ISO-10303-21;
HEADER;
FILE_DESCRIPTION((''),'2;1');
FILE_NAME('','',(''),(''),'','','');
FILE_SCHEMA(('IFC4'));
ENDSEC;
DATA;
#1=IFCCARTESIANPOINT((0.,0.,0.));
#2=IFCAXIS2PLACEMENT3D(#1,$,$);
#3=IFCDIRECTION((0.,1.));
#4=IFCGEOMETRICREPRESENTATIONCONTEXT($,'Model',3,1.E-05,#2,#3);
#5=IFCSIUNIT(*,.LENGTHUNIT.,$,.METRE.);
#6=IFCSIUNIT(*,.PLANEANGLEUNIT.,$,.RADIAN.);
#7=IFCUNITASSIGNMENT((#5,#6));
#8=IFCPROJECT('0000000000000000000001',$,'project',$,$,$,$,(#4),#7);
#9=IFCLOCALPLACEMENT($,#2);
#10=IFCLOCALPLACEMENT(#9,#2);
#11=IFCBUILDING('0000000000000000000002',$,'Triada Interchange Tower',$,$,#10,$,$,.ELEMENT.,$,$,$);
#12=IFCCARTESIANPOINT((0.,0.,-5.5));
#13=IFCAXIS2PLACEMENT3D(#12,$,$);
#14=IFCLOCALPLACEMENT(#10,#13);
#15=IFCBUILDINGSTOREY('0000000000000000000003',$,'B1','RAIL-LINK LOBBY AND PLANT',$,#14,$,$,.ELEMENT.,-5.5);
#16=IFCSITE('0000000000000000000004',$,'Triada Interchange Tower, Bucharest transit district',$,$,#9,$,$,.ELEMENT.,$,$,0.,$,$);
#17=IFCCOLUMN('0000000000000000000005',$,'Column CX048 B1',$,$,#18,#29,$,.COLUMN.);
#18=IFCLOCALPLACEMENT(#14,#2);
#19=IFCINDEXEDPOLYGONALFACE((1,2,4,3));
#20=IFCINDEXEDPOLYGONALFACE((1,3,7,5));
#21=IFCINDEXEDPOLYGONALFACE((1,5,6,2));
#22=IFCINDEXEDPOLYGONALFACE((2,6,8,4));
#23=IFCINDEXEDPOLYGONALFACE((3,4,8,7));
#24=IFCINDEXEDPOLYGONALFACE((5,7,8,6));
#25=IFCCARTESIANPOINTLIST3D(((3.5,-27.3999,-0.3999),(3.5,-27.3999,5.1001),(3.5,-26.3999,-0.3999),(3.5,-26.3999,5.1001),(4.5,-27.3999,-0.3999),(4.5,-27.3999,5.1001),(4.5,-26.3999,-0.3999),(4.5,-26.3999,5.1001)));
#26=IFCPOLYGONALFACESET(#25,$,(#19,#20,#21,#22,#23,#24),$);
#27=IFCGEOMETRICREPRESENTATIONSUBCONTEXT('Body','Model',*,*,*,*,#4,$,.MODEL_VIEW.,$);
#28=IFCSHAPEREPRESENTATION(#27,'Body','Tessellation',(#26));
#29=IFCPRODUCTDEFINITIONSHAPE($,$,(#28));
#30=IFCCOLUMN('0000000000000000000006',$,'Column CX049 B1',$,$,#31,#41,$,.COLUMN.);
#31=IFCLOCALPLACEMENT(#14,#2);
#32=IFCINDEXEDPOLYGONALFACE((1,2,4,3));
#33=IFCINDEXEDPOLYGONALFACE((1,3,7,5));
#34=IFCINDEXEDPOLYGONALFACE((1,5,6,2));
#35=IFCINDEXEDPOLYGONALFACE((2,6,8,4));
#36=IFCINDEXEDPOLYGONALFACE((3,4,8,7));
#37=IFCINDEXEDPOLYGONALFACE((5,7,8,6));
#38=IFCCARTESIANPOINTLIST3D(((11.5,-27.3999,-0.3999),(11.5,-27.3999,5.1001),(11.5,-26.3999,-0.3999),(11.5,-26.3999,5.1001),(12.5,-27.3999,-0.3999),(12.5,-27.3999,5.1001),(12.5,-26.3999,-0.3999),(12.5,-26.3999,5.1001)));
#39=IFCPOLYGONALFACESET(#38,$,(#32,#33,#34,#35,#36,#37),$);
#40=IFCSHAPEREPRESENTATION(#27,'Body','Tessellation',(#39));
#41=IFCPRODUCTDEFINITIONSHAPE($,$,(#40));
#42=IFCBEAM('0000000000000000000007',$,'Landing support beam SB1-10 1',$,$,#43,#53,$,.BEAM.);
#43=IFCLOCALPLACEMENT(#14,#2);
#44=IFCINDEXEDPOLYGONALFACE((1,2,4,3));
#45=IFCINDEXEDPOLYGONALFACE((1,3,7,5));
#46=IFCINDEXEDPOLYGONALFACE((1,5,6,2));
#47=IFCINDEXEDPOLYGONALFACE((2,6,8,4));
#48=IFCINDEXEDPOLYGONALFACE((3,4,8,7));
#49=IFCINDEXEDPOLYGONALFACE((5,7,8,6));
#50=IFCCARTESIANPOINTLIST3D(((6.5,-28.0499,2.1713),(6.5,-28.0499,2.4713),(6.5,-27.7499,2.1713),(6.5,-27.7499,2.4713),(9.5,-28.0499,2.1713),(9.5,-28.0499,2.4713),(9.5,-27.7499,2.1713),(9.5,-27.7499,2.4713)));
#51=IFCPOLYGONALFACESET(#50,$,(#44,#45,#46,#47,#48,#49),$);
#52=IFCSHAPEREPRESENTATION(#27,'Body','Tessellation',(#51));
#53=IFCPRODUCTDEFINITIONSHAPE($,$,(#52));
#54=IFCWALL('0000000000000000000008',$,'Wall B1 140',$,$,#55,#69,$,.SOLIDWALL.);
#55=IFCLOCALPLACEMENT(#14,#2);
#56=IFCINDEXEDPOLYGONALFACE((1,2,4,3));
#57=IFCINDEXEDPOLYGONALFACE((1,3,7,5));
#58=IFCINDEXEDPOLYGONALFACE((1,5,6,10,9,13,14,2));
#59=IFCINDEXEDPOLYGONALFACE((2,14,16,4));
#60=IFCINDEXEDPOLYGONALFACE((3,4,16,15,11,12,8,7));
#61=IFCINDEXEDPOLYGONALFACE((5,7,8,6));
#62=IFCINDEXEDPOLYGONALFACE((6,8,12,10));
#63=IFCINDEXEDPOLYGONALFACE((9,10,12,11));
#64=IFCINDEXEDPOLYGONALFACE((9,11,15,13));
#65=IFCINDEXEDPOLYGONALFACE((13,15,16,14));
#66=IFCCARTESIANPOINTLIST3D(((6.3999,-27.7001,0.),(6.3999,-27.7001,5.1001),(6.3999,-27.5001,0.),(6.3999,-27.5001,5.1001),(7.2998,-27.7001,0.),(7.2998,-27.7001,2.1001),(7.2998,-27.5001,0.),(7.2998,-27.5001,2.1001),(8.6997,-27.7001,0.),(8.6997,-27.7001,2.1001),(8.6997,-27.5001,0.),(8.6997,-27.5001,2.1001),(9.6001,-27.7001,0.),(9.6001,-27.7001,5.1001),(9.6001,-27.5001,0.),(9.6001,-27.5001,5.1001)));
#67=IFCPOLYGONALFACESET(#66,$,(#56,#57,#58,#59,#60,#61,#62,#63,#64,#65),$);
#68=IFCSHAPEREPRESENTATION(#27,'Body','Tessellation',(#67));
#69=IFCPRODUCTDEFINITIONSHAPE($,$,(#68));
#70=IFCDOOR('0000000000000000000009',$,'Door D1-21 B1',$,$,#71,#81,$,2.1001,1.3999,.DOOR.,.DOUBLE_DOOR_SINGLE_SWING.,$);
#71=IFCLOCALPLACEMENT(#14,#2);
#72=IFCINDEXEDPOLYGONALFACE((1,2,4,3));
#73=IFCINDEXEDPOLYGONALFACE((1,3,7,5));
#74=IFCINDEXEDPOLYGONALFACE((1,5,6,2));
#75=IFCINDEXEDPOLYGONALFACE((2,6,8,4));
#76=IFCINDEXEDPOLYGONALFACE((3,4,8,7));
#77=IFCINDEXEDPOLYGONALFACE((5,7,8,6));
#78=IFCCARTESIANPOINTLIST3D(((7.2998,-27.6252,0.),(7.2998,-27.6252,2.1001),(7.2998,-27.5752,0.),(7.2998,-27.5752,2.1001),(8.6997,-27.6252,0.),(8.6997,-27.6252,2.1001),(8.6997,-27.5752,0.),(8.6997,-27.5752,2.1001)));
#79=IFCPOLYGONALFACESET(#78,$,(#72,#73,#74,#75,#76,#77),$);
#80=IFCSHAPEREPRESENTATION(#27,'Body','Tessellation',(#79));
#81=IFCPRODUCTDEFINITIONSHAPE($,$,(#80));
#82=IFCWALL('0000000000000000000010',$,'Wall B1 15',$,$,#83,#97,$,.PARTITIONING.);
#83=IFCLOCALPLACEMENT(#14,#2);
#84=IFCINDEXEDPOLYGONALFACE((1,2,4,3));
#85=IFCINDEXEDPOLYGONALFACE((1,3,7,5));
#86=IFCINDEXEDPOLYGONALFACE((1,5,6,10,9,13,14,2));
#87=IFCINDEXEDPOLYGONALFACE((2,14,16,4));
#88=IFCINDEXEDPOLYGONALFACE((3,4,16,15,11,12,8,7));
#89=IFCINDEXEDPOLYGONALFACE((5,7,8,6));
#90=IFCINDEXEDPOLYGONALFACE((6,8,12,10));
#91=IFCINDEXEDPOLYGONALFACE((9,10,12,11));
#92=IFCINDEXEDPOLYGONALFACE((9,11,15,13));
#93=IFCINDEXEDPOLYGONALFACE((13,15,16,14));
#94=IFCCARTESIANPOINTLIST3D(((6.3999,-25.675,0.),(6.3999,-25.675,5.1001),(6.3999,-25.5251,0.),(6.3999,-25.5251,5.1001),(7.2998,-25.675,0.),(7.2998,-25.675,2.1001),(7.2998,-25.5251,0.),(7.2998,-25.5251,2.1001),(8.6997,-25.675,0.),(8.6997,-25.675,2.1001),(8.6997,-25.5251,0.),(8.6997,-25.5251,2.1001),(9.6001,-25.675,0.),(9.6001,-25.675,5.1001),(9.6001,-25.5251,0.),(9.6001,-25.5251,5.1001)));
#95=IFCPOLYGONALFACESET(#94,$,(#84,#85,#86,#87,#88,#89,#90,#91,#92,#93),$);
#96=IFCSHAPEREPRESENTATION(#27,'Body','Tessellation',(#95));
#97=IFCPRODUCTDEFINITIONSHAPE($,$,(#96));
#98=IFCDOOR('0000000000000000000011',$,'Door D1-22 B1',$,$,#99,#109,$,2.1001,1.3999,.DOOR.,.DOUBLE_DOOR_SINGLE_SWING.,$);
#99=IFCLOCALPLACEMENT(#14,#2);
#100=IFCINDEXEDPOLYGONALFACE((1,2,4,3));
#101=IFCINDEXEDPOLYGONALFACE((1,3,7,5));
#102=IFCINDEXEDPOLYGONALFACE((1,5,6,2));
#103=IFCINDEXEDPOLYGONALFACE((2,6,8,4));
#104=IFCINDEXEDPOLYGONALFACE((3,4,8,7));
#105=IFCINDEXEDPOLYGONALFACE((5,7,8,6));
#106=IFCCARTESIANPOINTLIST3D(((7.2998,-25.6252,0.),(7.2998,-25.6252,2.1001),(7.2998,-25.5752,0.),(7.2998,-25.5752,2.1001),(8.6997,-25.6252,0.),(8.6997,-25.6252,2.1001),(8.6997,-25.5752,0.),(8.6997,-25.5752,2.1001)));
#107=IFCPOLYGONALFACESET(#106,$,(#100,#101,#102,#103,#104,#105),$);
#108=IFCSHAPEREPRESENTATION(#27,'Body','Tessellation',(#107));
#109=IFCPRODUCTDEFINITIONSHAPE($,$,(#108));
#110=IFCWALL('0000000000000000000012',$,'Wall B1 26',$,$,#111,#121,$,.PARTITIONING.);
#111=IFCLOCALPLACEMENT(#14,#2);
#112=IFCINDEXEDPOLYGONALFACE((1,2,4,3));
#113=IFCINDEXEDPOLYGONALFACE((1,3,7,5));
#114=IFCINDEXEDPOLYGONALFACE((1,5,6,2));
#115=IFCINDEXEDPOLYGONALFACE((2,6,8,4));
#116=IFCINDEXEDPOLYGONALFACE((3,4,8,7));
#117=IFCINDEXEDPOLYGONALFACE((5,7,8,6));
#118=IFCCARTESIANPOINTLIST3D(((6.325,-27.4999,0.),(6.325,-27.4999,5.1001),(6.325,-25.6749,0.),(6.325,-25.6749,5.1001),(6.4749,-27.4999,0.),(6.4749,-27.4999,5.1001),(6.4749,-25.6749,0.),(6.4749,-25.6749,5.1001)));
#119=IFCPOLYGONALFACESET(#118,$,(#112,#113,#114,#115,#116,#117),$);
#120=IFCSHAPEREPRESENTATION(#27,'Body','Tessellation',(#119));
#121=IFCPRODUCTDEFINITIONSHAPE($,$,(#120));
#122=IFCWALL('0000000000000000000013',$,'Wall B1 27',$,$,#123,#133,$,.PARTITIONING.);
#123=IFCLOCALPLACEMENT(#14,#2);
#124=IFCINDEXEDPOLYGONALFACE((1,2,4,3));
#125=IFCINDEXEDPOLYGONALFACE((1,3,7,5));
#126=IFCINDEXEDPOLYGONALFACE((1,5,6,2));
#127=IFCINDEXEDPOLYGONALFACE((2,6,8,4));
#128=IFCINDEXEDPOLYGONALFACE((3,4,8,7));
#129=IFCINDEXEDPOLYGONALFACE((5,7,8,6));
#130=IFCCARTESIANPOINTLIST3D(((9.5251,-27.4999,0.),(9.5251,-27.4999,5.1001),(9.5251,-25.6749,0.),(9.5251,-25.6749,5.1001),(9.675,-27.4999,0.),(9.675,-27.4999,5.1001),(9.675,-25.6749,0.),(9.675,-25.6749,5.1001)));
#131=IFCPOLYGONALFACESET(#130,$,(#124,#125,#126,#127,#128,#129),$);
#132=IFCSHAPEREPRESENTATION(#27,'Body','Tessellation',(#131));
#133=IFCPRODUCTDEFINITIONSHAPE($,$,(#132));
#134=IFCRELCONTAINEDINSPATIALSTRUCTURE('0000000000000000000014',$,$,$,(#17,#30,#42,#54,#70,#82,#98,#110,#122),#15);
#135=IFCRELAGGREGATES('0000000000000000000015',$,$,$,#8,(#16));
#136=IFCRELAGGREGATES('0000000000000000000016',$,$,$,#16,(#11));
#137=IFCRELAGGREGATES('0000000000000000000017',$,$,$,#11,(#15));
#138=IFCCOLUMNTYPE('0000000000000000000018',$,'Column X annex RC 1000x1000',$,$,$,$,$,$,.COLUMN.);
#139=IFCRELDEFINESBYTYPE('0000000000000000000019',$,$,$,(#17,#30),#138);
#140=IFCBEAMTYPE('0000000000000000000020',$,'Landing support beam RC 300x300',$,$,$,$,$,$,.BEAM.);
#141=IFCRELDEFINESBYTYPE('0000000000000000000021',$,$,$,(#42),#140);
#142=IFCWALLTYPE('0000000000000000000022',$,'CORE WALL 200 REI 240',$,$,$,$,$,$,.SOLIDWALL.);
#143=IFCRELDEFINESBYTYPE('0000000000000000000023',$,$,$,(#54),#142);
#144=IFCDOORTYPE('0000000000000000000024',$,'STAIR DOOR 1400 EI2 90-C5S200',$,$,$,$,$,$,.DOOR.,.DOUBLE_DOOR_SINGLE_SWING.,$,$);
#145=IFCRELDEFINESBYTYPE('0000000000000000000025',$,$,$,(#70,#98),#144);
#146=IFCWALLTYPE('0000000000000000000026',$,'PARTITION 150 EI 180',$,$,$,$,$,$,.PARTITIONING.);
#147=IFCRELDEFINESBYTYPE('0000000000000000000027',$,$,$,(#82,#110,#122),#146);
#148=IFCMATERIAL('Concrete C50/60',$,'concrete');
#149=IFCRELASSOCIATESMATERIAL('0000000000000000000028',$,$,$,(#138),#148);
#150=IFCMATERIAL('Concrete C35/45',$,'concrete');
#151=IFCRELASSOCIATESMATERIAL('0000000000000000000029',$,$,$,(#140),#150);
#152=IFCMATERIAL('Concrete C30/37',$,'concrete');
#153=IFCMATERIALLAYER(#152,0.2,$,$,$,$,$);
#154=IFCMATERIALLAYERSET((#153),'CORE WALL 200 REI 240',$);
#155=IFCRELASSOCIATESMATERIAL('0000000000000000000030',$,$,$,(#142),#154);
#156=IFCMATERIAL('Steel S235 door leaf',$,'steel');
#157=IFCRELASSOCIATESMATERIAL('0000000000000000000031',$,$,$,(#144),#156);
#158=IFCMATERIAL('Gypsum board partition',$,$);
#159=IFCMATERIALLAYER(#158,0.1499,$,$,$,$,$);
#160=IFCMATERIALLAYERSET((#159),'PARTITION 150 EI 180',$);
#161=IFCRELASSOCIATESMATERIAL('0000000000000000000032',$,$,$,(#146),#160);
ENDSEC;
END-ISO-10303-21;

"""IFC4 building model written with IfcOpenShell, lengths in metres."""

from ifc_helpers import new_model, si_unit, direction, frame, frame_2d, origin, origin_2d, place, context, subcontext, project, spatial, rectangle, extrude, material, layer, layer_set, material_profile, profile_set, type_object, element, fill, save


model = new_model("IFC4")

# Units and contexts
model_context = context("Model", 3, precision=1e-05, world=origin(), true_north=direction((0.0, 1.0)))
body_context = subcontext(model_context, "Body", "Model", "MODEL_VIEW")
ifc_project = project(units=[si_unit("LENGTHUNIT", "METRE"), si_unit("PLANEANGLEUNIT", "RADIAN")], contexts=[model_context])

# Site, building, storey
site_placement = place(None, origin())
site = spatial("IfcSite", under=ifc_project, at=site_placement, Name="Triada Interchange Tower, Bucharest transit district", CompositionType="ELEMENT", RefElevation=0.0)
building_placement = place(site_placement, origin())
building = spatial("IfcBuilding", under=site, at=building_placement, Name="Triada Interchange Tower", CompositionType="ELEMENT")
storey_placement = place(building_placement, frame((0.0, 0.0, -5.5)))
storey = spatial("IfcBuildingStorey", under=building, at=storey_placement, Name="B1", Description="RAIL-LINK LOBBY AND PLANT", CompositionType="ELEMENT", Elevation=-5.5)

# Shared definitions
ifc_material_1 = material(Name="Concrete C30/37", Category="concrete")

# Shared definitions
ifc_material_2 = material(Name="Concrete C35/45", Category="concrete")

# Columns
ifc_material_3 = material(Name="Concrete C50/60", Category="concrete")
ifc_material_profile_1 = material_profile(ifc_material_3, rectangle(XDim=1.0, YDim=1.0, at=origin_2d()), Name="RC 1000x1000")
ifc_profile_set_1 = profile_set([ifc_material_profile_1], Name="Concrete C50/60")
column_type = type_object("IfcColumnType", Name="Column X annex RC 1000x1000", PredefinedType="COLUMN", material=ifc_profile_set_1)
for number, where, z_axis, x_axis, name in (
    (1, (4.0, -26.8999, -0.3999), (0.0, 0.0, 1.0), (1.0, 0.0, 0.0), "Column CX048 B1"),
    (2, (12.0, -26.8999, -0.3999), (0.0, 0.0, 1.0), (1.0, 0.0, 0.0), "Column CX049 B1"),
):
    element("IfcColumn", number, at=place(storey_placement, frame(where, z_axis=z_axis, x_axis=x_axis)), inside=storey, type_object=column_type, Name=name, PredefinedType="COLUMN", context=body_context, shape_type="SweptSolid", body=[
        extrude(rectangle(XDim=1.0, YDim=1.0, at=origin_2d()), origin(), (0.0, 0.0, 1.0), 5.5),
    ])

# Beam
ifc_material_profile_2 = material_profile(ifc_material_2, rectangle(XDim=0.3, YDim=0.3, at=origin_2d()), Name="RC 300x300")
ifc_profile_set_2 = profile_set([ifc_material_profile_2], Name="Concrete C35/45")
beam_type = type_object("IfcBeamType", Name="Landing support beam RC 300x300", PredefinedType="BEAM", material=ifc_profile_set_2)
beam_placement = place(storey_placement, frame((9.5, -27.8999, 2.3213), z_axis=(-1.0, 0.0, 0.0), x_axis=(0.0, -1.0, 0.0)))
element("IfcBeam", 3, at=beam_placement, inside=storey, type_object=beam_type, Name="Landing support beam SB1-10 1", PredefinedType="BEAM", context=body_context, shape_type="SweptSolid", body=[
    extrude(rectangle(XDim=0.3, YDim=0.3, at=origin_2d()), origin(), (0.0, 0.0, 1.0), 3.0),
])

# Walls, openings, doors
ifc_layer_1 = layer(ifc_material_1, 0.2)
ifc_layer_set_1 = layer_set([ifc_layer_1], Name="CORE WALL 200 REI 240")
wall_type_1 = type_object("IfcWallType", Name="CORE WALL 200 REI 240", PredefinedType="SOLIDWALL", material=ifc_layer_set_1)
wall_1_placement = place(storey_placement, frame((6.3999, -27.6001, 0.0), z_axis=(0.0, 0.0, 1.0), x_axis=(1.0, 0.0, 0.0)))
wall_1 = element("IfcWall", 4, at=wall_1_placement, inside=storey, type_object=wall_type_1, Name="Wall B1 140", PredefinedType="SOLIDWALL", context=body_context, shape_type="SweptSolid", body=[
    extrude(rectangle(XDim=3.2002, YDim=0.2, at=frame_2d((1.6001, 0.0))), origin(), (0.0, 0.0, 1.0), 5.1001),
])
opening_1_placement = place(wall_1_placement, frame((0.8999, 0.0, 0.0)))
opening_1 = element("IfcOpeningElement", 5, at=opening_1_placement, cuts=wall_1, PredefinedType="OPENING", context=body_context, shape_type="SweptSolid", body=[
    extrude(rectangle(XDim=1.3999, YDim=2.1001, at=frame_2d((0.7, 1.05))), frame((0.0, 0.1099, 0.0), z_axis=(0.0, -1.0, 0.0), x_axis=(1.0, 0.0, 0.0)), (0.0, 0.0, 1.0), 0.22),
])
ifc_material_4 = material(Name="Steel S235 door leaf", Category="steel")
door_type = type_object("IfcDoorType", Name="STAIR DOOR 1400 EI2 90-C5S200", OperationType="DOUBLE_DOOR_SINGLE_SWING", PredefinedType="DOOR", material=ifc_material_4)
door_1_placement = place(opening_1_placement, origin())
door_1 = element("IfcDoor", 6, at=door_1_placement, inside=storey, type_object=door_type, Name="Door D1-21 B1", OperationType="DOUBLE_DOOR_SINGLE_SWING", OverallHeight=2.1001, OverallWidth=1.3999, PredefinedType="DOOR", context=body_context, shape_type="SweptSolid", body=[
    extrude(rectangle(XDim=1.3999, YDim=2.1001, at=frame_2d((0.7, 1.05))), frame((0.0, 0.0249, 0.0), z_axis=(0.0, -1.0, 0.0), x_axis=(1.0, 0.0, 0.0)), (0.0, 0.0, 1.0), 0.05),
])
fill(opening_1, door_1)
ifc_material_5 = material(Name="Gypsum board partition")
ifc_layer_2 = layer(ifc_material_5, 0.1499)
ifc_layer_set_2 = layer_set([ifc_layer_2], Name="PARTITION 150 EI 180")
wall_type_2 = type_object("IfcWallType", Name="PARTITION 150 EI 180", PredefinedType="PARTITIONING", material=ifc_layer_set_2)
wall_2_placement = place(storey_placement, frame((6.3999, -25.6001, 0.0), z_axis=(0.0, 0.0, 1.0), x_axis=(1.0, 0.0, 0.0)))
wall_2 = element("IfcWall", 7, at=wall_2_placement, inside=storey, type_object=wall_type_2, Name="Wall B1 15", PredefinedType="PARTITIONING", context=body_context, shape_type="SweptSolid", body=[
    extrude(rectangle(XDim=3.2002, YDim=0.1499, at=frame_2d((1.6001, 0.0))), origin(), (0.0, 0.0, 1.0), 5.1001),
])
opening_2_placement = place(wall_2_placement, frame((0.8999, 0.0, 0.0)))
opening_2 = element("IfcOpeningElement", 8, at=opening_2_placement, cuts=wall_2, PredefinedType="OPENING", context=body_context, shape_type="SweptSolid", body=[
    extrude(rectangle(XDim=1.3999, YDim=2.1001, at=frame_2d((0.7, 1.05))), frame((0.0, 0.085, 0.0), z_axis=(0.0, -1.0, 0.0), x_axis=(1.0, 0.0, 0.0)), (0.0, 0.0, 1.0), 0.1699),
])
door_2_placement = place(opening_2_placement, origin())
door_2 = element("IfcDoor", 9, at=door_2_placement, inside=storey, type_object=door_type, Name="Door D1-22 B1", OperationType="DOUBLE_DOOR_SINGLE_SWING", OverallHeight=2.1001, OverallWidth=1.3999, PredefinedType="DOOR", context=body_context, shape_type="SweptSolid", body=[
    extrude(rectangle(XDim=1.3999, YDim=2.1001, at=frame_2d((0.7, 1.05))), frame((0.0, 0.0249, 0.0), z_axis=(0.0, -1.0, 0.0), x_axis=(1.0, 0.0, 0.0)), (0.0, 0.0, 1.0), 0.05),
])
fill(opening_2, door_2)

# Walls
for number, where, z_axis, x_axis, name in (
    (10, (6.3999, -27.5, 0.0), (0.0, 0.0, 1.0), (0.0, 1.0, 0.0), "Wall B1 26"),
    (11, (9.6001, -27.5, 0.0), (0.0, 0.0, 1.0), (0.0, 1.0, 0.0), "Wall B1 27"),
):
    element("IfcWall", number, at=place(storey_placement, frame(where, z_axis=z_axis, x_axis=x_axis)), inside=storey, type_object=wall_type_2, Name=name, PredefinedType="PARTITIONING", context=body_context, shape_type="SweptSolid", body=[
        extrude(rectangle(XDim=1.825, YDim=0.1499, at=frame_2d((0.9126, 0.0))), origin(), (0.0, 0.0, 1.0), 5.1001),
    ])

save(model, "model.ifc")
